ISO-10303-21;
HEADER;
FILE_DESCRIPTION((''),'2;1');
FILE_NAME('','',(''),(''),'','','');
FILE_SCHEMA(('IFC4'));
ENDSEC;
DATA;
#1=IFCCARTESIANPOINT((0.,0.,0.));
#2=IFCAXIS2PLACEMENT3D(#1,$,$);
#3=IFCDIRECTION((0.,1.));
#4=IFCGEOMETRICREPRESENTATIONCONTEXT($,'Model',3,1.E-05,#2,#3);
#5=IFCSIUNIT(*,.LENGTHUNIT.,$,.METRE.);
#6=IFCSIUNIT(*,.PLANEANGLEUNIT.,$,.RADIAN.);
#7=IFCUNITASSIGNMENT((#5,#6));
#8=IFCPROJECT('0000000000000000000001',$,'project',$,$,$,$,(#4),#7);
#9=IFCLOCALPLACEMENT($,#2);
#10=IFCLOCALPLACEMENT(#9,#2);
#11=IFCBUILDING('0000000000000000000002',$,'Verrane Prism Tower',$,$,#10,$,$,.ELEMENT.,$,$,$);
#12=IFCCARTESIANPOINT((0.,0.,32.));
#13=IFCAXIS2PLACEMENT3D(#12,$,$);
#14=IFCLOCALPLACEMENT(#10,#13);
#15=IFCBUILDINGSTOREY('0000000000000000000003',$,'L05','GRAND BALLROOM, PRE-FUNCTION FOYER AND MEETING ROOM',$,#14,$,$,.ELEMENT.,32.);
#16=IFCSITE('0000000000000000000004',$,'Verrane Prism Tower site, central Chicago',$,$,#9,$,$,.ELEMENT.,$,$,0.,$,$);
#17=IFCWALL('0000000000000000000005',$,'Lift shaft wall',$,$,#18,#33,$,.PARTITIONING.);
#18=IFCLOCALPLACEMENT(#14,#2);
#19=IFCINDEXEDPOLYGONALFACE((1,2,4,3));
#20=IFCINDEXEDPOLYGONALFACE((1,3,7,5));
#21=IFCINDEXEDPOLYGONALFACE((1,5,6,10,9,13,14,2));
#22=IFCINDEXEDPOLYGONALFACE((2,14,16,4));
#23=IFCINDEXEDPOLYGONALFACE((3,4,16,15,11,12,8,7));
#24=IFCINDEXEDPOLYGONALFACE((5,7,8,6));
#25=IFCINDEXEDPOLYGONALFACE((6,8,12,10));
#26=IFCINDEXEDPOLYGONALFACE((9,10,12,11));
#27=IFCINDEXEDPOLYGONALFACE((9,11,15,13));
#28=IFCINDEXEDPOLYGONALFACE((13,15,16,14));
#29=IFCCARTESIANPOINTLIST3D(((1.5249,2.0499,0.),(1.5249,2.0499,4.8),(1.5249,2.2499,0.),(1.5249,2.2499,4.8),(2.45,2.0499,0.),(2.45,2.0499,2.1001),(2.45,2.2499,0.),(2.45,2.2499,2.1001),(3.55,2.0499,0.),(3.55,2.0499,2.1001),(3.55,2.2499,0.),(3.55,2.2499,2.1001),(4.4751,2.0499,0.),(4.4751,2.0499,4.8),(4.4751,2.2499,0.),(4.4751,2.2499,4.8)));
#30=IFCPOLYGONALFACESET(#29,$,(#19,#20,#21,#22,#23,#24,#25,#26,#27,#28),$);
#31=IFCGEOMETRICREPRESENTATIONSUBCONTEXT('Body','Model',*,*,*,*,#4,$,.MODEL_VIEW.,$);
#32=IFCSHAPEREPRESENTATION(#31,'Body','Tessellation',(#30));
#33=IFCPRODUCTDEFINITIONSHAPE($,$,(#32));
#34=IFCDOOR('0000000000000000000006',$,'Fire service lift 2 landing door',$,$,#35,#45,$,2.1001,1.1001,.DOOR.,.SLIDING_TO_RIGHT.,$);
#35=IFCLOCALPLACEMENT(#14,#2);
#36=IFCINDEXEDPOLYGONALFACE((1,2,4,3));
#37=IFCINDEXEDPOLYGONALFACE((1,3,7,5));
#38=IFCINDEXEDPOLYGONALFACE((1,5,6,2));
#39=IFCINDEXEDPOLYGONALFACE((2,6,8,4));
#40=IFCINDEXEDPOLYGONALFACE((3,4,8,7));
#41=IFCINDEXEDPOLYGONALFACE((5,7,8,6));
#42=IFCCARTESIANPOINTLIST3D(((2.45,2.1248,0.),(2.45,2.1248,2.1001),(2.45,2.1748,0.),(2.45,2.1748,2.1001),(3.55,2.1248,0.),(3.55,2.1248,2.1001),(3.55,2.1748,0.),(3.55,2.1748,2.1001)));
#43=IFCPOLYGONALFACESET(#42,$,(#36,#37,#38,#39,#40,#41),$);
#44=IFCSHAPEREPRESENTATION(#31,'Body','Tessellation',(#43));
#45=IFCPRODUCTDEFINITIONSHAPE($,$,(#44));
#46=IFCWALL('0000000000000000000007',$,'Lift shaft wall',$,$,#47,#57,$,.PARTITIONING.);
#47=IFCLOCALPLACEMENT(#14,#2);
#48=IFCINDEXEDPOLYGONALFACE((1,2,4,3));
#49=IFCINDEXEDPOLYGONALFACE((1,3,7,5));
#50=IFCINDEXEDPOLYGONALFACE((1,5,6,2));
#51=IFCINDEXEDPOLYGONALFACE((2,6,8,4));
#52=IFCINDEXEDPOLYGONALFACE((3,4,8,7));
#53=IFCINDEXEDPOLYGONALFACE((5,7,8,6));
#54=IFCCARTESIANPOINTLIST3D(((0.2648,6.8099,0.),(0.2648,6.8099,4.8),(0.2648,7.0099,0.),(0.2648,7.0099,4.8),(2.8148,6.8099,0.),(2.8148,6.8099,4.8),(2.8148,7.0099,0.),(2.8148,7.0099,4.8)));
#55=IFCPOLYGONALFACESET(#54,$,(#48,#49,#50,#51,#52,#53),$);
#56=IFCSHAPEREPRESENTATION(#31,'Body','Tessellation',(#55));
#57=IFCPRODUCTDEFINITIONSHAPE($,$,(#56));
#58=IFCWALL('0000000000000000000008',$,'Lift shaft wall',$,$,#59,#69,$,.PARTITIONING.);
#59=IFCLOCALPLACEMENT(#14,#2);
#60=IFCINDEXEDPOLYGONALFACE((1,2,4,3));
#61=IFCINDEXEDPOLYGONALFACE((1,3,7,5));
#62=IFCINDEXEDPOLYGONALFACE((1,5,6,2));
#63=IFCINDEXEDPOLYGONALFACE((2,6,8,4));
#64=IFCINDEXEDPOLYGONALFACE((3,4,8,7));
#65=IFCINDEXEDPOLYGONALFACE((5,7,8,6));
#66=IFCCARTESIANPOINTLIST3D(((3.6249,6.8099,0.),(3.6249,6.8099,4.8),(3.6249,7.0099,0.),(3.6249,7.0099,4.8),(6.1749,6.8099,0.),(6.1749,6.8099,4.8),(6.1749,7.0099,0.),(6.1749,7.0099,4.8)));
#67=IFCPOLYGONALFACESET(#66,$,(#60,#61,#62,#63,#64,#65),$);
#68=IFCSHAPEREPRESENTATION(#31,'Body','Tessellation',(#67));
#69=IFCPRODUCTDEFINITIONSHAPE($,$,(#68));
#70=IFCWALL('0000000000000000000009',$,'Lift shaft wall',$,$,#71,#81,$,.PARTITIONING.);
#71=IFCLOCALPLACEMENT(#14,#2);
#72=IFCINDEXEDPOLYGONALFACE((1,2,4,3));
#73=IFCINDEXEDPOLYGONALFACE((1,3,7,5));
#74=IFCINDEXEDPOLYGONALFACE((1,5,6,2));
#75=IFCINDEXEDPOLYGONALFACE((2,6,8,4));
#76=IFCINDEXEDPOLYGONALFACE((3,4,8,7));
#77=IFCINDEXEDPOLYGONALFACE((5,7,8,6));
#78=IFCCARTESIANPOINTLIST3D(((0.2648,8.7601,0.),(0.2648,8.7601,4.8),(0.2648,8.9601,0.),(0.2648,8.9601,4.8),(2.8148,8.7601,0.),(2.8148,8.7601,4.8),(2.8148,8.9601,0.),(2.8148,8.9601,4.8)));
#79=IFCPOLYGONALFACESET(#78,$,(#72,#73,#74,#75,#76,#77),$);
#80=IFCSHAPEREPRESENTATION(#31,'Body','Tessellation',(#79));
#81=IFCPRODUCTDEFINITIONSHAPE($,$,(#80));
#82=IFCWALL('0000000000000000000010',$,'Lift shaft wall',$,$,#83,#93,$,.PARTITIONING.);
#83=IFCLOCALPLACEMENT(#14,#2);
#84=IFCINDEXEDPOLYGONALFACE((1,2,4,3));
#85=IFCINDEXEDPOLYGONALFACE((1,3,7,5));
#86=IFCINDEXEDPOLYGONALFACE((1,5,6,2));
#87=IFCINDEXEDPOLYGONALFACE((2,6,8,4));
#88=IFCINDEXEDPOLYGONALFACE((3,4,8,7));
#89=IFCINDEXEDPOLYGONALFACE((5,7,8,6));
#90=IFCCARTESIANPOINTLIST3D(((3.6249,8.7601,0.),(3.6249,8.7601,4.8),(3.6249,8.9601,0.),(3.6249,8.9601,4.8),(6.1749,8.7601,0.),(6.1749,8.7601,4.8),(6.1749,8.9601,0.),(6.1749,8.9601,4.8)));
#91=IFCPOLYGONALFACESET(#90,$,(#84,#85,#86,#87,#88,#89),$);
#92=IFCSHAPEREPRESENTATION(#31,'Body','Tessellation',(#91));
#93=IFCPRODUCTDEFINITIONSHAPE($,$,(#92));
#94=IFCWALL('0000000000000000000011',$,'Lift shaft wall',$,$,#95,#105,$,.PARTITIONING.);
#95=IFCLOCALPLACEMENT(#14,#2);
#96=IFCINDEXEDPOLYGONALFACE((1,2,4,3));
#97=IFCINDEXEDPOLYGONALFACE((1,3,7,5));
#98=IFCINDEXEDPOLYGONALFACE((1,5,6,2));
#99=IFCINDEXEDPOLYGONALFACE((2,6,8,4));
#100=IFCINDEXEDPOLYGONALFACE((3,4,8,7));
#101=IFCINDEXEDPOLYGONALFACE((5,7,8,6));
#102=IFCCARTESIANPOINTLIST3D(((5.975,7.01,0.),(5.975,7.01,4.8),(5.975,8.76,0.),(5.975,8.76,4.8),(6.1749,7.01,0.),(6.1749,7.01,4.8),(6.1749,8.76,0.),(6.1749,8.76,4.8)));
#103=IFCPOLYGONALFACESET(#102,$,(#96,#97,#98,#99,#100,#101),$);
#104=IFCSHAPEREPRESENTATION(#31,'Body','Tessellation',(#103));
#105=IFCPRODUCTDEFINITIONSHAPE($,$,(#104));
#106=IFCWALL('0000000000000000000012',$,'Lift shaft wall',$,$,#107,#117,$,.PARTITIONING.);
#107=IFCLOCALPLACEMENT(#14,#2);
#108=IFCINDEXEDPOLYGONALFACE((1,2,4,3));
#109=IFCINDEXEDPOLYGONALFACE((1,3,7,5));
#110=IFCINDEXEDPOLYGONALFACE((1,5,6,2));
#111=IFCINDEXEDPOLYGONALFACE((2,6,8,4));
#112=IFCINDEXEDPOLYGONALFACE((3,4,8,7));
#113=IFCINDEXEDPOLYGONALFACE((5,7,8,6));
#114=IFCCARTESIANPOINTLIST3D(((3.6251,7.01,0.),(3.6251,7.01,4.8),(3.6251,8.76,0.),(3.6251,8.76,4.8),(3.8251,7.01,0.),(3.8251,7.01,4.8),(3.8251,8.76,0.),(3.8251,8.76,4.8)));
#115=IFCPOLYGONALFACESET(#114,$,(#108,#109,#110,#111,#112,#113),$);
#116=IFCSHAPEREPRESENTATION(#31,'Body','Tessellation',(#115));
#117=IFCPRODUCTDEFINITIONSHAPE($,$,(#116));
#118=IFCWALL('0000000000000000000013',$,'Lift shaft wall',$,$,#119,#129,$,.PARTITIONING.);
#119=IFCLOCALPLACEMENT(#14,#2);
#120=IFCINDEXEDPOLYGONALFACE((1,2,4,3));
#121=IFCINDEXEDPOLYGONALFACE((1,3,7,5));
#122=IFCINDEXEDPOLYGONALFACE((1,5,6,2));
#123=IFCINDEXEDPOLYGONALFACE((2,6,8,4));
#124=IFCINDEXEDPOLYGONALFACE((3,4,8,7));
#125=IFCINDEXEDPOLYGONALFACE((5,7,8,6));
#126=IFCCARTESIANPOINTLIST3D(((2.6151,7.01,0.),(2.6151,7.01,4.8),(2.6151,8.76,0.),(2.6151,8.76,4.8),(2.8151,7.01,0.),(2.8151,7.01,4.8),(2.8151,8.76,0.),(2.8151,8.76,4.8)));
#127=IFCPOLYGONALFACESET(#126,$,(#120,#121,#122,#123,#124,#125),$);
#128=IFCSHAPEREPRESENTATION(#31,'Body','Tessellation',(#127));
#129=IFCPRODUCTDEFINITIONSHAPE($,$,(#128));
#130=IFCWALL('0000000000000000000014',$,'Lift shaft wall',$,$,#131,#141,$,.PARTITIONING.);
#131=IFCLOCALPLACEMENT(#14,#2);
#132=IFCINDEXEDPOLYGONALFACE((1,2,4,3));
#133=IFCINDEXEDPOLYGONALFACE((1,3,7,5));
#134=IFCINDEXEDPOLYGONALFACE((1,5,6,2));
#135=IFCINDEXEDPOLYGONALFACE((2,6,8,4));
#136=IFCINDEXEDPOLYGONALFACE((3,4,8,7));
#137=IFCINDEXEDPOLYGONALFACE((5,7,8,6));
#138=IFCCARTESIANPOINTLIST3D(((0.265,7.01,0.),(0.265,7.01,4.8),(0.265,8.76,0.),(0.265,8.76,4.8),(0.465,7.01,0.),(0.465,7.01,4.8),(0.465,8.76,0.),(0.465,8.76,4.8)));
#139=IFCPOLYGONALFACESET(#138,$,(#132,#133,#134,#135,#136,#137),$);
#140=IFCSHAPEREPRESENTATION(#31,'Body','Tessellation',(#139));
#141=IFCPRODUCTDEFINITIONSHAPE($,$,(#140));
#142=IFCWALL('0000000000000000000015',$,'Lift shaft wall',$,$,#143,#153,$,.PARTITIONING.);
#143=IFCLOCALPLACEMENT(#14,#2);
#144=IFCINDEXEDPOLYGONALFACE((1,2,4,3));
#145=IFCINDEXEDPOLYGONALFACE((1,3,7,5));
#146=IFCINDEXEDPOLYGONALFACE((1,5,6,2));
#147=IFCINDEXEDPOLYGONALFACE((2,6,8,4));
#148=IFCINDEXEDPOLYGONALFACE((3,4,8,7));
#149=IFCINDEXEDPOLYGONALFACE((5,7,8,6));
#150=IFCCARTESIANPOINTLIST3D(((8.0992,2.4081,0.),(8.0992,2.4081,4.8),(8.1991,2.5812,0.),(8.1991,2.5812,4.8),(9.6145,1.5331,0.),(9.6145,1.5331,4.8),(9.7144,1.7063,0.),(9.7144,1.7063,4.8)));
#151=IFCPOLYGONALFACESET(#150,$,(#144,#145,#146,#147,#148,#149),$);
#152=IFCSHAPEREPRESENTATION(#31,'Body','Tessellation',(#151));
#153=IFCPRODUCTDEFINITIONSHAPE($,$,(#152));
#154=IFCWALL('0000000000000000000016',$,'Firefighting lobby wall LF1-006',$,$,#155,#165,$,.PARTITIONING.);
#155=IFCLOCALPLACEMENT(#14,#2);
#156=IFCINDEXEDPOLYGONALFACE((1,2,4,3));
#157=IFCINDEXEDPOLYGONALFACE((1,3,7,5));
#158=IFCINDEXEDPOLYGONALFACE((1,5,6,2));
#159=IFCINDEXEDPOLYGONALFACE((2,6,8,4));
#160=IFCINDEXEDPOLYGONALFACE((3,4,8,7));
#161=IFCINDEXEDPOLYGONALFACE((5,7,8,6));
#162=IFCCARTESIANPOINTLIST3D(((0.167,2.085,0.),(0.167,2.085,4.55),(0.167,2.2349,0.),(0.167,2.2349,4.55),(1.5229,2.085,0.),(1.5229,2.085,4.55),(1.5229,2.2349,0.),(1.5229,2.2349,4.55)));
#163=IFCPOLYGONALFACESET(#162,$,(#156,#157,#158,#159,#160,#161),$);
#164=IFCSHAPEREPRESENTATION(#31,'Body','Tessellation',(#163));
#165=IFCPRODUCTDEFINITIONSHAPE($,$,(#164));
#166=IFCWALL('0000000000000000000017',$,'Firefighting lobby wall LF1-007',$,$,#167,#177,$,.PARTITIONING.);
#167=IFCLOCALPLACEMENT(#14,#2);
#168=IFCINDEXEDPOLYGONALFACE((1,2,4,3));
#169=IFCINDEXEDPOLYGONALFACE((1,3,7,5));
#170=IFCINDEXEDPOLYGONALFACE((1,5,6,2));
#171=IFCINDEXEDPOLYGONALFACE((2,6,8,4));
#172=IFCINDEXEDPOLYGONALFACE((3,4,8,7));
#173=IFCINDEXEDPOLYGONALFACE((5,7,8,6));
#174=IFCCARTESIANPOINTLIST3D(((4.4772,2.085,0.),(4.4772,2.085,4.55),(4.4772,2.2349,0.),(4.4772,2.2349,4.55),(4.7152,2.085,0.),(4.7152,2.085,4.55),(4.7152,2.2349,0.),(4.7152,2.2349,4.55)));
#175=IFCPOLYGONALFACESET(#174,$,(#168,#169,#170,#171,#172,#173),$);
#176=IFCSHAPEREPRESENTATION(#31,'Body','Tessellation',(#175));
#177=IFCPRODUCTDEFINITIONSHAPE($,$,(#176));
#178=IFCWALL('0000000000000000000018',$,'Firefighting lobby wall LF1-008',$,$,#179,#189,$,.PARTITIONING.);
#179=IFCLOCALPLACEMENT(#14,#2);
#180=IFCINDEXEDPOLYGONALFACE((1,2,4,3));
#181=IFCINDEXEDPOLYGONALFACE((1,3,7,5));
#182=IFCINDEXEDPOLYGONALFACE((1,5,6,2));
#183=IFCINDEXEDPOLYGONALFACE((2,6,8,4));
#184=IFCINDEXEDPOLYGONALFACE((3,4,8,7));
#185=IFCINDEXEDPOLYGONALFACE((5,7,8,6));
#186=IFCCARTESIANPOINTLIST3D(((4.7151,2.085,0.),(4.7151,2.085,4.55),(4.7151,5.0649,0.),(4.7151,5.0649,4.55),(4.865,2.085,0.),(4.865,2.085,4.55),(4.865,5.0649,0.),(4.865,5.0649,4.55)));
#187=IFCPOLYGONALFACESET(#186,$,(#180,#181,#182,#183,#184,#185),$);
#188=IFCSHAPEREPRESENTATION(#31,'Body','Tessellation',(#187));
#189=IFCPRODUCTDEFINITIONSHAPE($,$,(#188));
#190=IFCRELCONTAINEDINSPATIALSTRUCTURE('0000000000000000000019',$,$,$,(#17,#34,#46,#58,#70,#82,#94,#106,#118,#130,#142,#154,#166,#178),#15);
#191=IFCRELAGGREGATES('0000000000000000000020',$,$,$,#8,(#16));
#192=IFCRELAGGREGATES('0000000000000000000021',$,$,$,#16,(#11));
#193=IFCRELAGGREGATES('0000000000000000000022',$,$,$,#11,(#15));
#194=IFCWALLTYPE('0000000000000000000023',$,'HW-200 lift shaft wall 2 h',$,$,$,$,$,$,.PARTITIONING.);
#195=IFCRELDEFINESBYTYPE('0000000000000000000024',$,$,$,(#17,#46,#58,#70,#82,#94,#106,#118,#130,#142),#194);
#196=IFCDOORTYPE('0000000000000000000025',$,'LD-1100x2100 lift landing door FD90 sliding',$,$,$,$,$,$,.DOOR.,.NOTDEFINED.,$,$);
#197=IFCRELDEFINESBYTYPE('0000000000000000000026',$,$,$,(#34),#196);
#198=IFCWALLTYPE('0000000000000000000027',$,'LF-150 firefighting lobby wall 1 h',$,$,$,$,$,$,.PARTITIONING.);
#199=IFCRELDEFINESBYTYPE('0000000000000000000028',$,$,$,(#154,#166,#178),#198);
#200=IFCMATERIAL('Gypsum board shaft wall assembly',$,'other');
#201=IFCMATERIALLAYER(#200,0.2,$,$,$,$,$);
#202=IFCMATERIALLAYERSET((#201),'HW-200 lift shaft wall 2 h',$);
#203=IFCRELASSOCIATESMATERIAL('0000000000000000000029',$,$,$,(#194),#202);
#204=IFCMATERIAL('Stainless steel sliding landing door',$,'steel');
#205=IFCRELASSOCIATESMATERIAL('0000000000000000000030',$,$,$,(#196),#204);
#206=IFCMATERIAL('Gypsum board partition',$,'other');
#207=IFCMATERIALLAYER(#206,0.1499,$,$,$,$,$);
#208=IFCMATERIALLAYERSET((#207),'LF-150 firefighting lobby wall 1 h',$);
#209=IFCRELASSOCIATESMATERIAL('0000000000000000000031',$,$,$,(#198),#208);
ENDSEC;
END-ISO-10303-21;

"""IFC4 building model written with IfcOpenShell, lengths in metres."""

from ifc_helpers import new_model, si_unit, direction, frame, frame_2d, origin, place, context, subcontext, project, spatial, rectangle, extrude, material, layer, layer_set, type_object, element, fill, save


model = new_model("IFC4")

# Units and contexts
model_context = context("Model", 3, precision=1e-05, world=origin(), true_north=direction((0.0, 1.0)))
body_context = subcontext(model_context, "Body", "Model", "MODEL_VIEW")
ifc_project = project(units=[si_unit("LENGTHUNIT", "METRE"), si_unit("PLANEANGLEUNIT", "RADIAN")], contexts=[model_context])

# Site, building, storey
site_placement = place(None, origin())
site = spatial("IfcSite", under=ifc_project, at=site_placement, Name="Verrane Prism Tower site, central Chicago", CompositionType="ELEMENT", RefElevation=0.0)
building_placement = place(site_placement, origin())
building = spatial("IfcBuilding", under=site, at=building_placement, Name="Verrane Prism Tower", CompositionType="ELEMENT")
storey_placement = place(building_placement, frame((0.0, 0.0, 32.0)))
storey = spatial("IfcBuildingStorey", under=building, at=storey_placement, Name="L05", Description="GRAND BALLROOM, PRE-FUNCTION FOYER AND MEETING ROOM", CompositionType="ELEMENT", Elevation=32.0)

# Wall, opening, door
ifc_material_1 = material(Name="Gypsum board shaft wall assembly", Category="other")
ifc_layer_1 = layer(ifc_material_1, 0.2)
ifc_layer_set_1 = layer_set([ifc_layer_1], Name="HW-200 lift shaft wall 2 h")
wall_type_1 = type_object("IfcWallType", Name="HW-200 lift shaft wall 2 h", PredefinedType="PARTITIONING", material=ifc_layer_set_1)
wall_1_placement = place(storey_placement, frame((1.5249, 2.1499, 0.0), z_axis=(0.0, 0.0, 1.0), x_axis=(1.0, 0.0, 0.0)))
wall_1 = element("IfcWall", 1, at=wall_1_placement, inside=storey, type_object=wall_type_1, Name="Lift shaft wall", PredefinedType="PARTITIONING", context=body_context, shape_type="SweptSolid", body=[
    extrude(rectangle(XDim=2.9502, YDim=0.2, at=frame_2d((1.4751, 0.0))), origin(), (0.0, 0.0, 1.0), 4.8),
])
opening_1_placement = place(wall_1_placement, frame((0.925, 0.0, 0.0)))
opening_1 = element("IfcOpeningElement", 2, at=opening_1_placement, cuts=wall_1, PredefinedType="OPENING", context=body_context, shape_type="SweptSolid", body=[
    extrude(rectangle(XDim=1.1001, YDim=2.1001, at=frame_2d((0.55, 1.05))), frame((0.0, 0.1099, 0.0), z_axis=(0.0, -1.0, 0.0), x_axis=(1.0, 0.0, 0.0)), (0.0, 0.0, 1.0), 0.22),
])
ifc_material_2 = material(Name="Stainless steel sliding landing door", Category="steel")
door_type_1 = type_object("IfcDoorType", Name="LD-1100x2100 lift landing door FD90 sliding", OperationType="NOTDEFINED", PredefinedType="DOOR", material=ifc_material_2)
door_1_placement = place(opening_1_placement, origin())
door_1 = element("IfcDoor", 3, at=door_1_placement, inside=storey, type_object=door_type_1, Name="Fire service lift 2 landing door", OperationType="SLIDING_TO_RIGHT", OverallHeight=2.1001, OverallWidth=1.1001, PredefinedType="DOOR", context=body_context, shape_type="SweptSolid", body=[
    extrude(rectangle(XDim=1.1001, YDim=2.1001, at=frame_2d((0.55, 1.05))), frame((0.0, 0.0249, 0.0), z_axis=(0.0, -1.0, 0.0), x_axis=(1.0, 0.0, 0.0)), (0.0, 0.0, 1.0), 0.05),
])
fill(opening_1, door_1)

# Walls
for number, where, z_axis, x_axis, name in (
    (4, (0.2649, 6.9099, 0.0), (0.0, 0.0, 1.0), (1.0, 0.0, 0.0), "Lift shaft wall"),
    (5, (3.625, 6.9099, 0.0), (0.0, 0.0, 1.0), (1.0, 0.0, 0.0), "Lift shaft wall"),
    (6, (0.2649, 8.8601, 0.0), (0.0, 0.0, 1.0), (1.0, 0.0, 0.0), "Lift shaft wall"),
    (7, (3.625, 8.8601, 0.0), (0.0, 0.0, 1.0), (1.0, 0.0, 0.0), "Lift shaft wall"),
):
    element("IfcWall", number, at=place(storey_placement, frame(where, z_axis=z_axis, x_axis=x_axis)), inside=storey, type_object=wall_type_1, Name=name, PredefinedType="PARTITIONING", context=body_context, shape_type="SweptSolid", body=[
        extrude(rectangle(XDim=2.55, YDim=0.2, at=frame_2d((1.2749, 0.0))), origin(), (0.0, 0.0, 1.0), 4.8),
    ])
for number, where, z_axis, x_axis, name in (
    (8, (6.075, 7.01, 0.0), (0.0, 0.0, 1.0), (0.0, 1.0, 0.0), "Lift shaft wall"),
    (9, (3.7251, 7.01, 0.0), (0.0, 0.0, 1.0), (0.0, 1.0, 0.0), "Lift shaft wall"),
    (10, (2.7151, 7.01, 0.0), (0.0, 0.0, 1.0), (0.0, 1.0, 0.0), "Lift shaft wall"),
    (11, (0.365, 7.01, 0.0), (0.0, 0.0, 1.0), (0.0, 1.0, 0.0), "Lift shaft wall"),
):
    element("IfcWall", number, at=place(storey_placement, frame(where, z_axis=z_axis, x_axis=x_axis)), inside=storey, type_object=wall_type_1, Name=name, PredefinedType="PARTITIONING", context=body_context, shape_type="SweptSolid", body=[
        extrude(rectangle(XDim=1.75, YDim=0.2, at=frame_2d((0.875, 0.0))), origin(), (0.0, 0.0, 1.0), 4.8),
    ])
wall_2_placement = place(storey_placement, frame((9.6646, 1.6196, 0.0), z_axis=(0.0, 0.0, 1.0), x_axis=(-0.866002, 0.50004, 0.0)))
element("IfcWall", 12, at=wall_2_placement, inside=storey, type_object=wall_type_1, Name="Lift shaft wall", PredefinedType="PARTITIONING", context=body_context, shape_type="SweptSolid", body=[
    extrude(rectangle(XDim=1.7498, YDim=0.2, at=frame_2d((0.875, 0.0))), origin(), (0.0, 0.0, 1.0), 4.8),
])
ifc_material_3 = material(Name="Gypsum board partition", Category="other")
ifc_layer_2 = layer(ifc_material_3, 0.1499)
ifc_layer_set_2 = layer_set([ifc_layer_2], Name="LF-150 firefighting lobby wall 1 h")
wall_type_2 = type_object("IfcWallType", Name="LF-150 firefighting lobby wall 1 h", PredefinedType="PARTITIONING", material=ifc_layer_set_2)
wall_3_placement = place(storey_placement, frame((0.167, 2.1599, 0.0), z_axis=(0.0, 0.0, 1.0), x_axis=(1.0, 0.0, 0.0)))
element("IfcWall", 13, at=wall_3_placement, inside=storey, type_object=wall_type_2, Name="Firefighting lobby wall LF1-006", PredefinedType="PARTITIONING", context=body_context, shape_type="SweptSolid", body=[
    extrude(rectangle(XDim=1.356, YDim=0.1499, at=frame_2d((0.678, 0.0))), origin(), (0.0, 0.0, 1.0), 4.55),
])
wall_4_placement = place(storey_placement, frame((4.4771, 2.1599, 0.0), z_axis=(0.0, 0.0, 1.0), x_axis=(1.0, 0.0, 0.0)))
element("IfcWall", 14, at=wall_4_placement, inside=storey, type_object=wall_type_2, Name="Firefighting lobby wall LF1-007", PredefinedType="PARTITIONING", context=body_context, shape_type="SweptSolid", body=[
    extrude(rectangle(XDim=0.238, YDim=0.1499, at=frame_2d((0.1191, 0.0))), origin(), (0.0, 0.0, 1.0), 4.55),
])
wall_5_placement = place(storey_placement, frame((4.79, 2.085, 0.0), z_axis=(0.0, 0.0, 1.0), x_axis=(0.0, 1.0, 0.0)))
element("IfcWall", 15, at=wall_5_placement, inside=storey, type_object=wall_type_2, Name="Firefighting lobby wall LF1-008", PredefinedType="PARTITIONING", context=body_context, shape_type="SweptSolid", body=[
    extrude(rectangle(XDim=2.98, YDim=0.1499, at=frame_2d((1.49, 0.0))), origin(), (0.0, 0.0, 1.0), 4.55),
])

save(model, "model.ifc")
